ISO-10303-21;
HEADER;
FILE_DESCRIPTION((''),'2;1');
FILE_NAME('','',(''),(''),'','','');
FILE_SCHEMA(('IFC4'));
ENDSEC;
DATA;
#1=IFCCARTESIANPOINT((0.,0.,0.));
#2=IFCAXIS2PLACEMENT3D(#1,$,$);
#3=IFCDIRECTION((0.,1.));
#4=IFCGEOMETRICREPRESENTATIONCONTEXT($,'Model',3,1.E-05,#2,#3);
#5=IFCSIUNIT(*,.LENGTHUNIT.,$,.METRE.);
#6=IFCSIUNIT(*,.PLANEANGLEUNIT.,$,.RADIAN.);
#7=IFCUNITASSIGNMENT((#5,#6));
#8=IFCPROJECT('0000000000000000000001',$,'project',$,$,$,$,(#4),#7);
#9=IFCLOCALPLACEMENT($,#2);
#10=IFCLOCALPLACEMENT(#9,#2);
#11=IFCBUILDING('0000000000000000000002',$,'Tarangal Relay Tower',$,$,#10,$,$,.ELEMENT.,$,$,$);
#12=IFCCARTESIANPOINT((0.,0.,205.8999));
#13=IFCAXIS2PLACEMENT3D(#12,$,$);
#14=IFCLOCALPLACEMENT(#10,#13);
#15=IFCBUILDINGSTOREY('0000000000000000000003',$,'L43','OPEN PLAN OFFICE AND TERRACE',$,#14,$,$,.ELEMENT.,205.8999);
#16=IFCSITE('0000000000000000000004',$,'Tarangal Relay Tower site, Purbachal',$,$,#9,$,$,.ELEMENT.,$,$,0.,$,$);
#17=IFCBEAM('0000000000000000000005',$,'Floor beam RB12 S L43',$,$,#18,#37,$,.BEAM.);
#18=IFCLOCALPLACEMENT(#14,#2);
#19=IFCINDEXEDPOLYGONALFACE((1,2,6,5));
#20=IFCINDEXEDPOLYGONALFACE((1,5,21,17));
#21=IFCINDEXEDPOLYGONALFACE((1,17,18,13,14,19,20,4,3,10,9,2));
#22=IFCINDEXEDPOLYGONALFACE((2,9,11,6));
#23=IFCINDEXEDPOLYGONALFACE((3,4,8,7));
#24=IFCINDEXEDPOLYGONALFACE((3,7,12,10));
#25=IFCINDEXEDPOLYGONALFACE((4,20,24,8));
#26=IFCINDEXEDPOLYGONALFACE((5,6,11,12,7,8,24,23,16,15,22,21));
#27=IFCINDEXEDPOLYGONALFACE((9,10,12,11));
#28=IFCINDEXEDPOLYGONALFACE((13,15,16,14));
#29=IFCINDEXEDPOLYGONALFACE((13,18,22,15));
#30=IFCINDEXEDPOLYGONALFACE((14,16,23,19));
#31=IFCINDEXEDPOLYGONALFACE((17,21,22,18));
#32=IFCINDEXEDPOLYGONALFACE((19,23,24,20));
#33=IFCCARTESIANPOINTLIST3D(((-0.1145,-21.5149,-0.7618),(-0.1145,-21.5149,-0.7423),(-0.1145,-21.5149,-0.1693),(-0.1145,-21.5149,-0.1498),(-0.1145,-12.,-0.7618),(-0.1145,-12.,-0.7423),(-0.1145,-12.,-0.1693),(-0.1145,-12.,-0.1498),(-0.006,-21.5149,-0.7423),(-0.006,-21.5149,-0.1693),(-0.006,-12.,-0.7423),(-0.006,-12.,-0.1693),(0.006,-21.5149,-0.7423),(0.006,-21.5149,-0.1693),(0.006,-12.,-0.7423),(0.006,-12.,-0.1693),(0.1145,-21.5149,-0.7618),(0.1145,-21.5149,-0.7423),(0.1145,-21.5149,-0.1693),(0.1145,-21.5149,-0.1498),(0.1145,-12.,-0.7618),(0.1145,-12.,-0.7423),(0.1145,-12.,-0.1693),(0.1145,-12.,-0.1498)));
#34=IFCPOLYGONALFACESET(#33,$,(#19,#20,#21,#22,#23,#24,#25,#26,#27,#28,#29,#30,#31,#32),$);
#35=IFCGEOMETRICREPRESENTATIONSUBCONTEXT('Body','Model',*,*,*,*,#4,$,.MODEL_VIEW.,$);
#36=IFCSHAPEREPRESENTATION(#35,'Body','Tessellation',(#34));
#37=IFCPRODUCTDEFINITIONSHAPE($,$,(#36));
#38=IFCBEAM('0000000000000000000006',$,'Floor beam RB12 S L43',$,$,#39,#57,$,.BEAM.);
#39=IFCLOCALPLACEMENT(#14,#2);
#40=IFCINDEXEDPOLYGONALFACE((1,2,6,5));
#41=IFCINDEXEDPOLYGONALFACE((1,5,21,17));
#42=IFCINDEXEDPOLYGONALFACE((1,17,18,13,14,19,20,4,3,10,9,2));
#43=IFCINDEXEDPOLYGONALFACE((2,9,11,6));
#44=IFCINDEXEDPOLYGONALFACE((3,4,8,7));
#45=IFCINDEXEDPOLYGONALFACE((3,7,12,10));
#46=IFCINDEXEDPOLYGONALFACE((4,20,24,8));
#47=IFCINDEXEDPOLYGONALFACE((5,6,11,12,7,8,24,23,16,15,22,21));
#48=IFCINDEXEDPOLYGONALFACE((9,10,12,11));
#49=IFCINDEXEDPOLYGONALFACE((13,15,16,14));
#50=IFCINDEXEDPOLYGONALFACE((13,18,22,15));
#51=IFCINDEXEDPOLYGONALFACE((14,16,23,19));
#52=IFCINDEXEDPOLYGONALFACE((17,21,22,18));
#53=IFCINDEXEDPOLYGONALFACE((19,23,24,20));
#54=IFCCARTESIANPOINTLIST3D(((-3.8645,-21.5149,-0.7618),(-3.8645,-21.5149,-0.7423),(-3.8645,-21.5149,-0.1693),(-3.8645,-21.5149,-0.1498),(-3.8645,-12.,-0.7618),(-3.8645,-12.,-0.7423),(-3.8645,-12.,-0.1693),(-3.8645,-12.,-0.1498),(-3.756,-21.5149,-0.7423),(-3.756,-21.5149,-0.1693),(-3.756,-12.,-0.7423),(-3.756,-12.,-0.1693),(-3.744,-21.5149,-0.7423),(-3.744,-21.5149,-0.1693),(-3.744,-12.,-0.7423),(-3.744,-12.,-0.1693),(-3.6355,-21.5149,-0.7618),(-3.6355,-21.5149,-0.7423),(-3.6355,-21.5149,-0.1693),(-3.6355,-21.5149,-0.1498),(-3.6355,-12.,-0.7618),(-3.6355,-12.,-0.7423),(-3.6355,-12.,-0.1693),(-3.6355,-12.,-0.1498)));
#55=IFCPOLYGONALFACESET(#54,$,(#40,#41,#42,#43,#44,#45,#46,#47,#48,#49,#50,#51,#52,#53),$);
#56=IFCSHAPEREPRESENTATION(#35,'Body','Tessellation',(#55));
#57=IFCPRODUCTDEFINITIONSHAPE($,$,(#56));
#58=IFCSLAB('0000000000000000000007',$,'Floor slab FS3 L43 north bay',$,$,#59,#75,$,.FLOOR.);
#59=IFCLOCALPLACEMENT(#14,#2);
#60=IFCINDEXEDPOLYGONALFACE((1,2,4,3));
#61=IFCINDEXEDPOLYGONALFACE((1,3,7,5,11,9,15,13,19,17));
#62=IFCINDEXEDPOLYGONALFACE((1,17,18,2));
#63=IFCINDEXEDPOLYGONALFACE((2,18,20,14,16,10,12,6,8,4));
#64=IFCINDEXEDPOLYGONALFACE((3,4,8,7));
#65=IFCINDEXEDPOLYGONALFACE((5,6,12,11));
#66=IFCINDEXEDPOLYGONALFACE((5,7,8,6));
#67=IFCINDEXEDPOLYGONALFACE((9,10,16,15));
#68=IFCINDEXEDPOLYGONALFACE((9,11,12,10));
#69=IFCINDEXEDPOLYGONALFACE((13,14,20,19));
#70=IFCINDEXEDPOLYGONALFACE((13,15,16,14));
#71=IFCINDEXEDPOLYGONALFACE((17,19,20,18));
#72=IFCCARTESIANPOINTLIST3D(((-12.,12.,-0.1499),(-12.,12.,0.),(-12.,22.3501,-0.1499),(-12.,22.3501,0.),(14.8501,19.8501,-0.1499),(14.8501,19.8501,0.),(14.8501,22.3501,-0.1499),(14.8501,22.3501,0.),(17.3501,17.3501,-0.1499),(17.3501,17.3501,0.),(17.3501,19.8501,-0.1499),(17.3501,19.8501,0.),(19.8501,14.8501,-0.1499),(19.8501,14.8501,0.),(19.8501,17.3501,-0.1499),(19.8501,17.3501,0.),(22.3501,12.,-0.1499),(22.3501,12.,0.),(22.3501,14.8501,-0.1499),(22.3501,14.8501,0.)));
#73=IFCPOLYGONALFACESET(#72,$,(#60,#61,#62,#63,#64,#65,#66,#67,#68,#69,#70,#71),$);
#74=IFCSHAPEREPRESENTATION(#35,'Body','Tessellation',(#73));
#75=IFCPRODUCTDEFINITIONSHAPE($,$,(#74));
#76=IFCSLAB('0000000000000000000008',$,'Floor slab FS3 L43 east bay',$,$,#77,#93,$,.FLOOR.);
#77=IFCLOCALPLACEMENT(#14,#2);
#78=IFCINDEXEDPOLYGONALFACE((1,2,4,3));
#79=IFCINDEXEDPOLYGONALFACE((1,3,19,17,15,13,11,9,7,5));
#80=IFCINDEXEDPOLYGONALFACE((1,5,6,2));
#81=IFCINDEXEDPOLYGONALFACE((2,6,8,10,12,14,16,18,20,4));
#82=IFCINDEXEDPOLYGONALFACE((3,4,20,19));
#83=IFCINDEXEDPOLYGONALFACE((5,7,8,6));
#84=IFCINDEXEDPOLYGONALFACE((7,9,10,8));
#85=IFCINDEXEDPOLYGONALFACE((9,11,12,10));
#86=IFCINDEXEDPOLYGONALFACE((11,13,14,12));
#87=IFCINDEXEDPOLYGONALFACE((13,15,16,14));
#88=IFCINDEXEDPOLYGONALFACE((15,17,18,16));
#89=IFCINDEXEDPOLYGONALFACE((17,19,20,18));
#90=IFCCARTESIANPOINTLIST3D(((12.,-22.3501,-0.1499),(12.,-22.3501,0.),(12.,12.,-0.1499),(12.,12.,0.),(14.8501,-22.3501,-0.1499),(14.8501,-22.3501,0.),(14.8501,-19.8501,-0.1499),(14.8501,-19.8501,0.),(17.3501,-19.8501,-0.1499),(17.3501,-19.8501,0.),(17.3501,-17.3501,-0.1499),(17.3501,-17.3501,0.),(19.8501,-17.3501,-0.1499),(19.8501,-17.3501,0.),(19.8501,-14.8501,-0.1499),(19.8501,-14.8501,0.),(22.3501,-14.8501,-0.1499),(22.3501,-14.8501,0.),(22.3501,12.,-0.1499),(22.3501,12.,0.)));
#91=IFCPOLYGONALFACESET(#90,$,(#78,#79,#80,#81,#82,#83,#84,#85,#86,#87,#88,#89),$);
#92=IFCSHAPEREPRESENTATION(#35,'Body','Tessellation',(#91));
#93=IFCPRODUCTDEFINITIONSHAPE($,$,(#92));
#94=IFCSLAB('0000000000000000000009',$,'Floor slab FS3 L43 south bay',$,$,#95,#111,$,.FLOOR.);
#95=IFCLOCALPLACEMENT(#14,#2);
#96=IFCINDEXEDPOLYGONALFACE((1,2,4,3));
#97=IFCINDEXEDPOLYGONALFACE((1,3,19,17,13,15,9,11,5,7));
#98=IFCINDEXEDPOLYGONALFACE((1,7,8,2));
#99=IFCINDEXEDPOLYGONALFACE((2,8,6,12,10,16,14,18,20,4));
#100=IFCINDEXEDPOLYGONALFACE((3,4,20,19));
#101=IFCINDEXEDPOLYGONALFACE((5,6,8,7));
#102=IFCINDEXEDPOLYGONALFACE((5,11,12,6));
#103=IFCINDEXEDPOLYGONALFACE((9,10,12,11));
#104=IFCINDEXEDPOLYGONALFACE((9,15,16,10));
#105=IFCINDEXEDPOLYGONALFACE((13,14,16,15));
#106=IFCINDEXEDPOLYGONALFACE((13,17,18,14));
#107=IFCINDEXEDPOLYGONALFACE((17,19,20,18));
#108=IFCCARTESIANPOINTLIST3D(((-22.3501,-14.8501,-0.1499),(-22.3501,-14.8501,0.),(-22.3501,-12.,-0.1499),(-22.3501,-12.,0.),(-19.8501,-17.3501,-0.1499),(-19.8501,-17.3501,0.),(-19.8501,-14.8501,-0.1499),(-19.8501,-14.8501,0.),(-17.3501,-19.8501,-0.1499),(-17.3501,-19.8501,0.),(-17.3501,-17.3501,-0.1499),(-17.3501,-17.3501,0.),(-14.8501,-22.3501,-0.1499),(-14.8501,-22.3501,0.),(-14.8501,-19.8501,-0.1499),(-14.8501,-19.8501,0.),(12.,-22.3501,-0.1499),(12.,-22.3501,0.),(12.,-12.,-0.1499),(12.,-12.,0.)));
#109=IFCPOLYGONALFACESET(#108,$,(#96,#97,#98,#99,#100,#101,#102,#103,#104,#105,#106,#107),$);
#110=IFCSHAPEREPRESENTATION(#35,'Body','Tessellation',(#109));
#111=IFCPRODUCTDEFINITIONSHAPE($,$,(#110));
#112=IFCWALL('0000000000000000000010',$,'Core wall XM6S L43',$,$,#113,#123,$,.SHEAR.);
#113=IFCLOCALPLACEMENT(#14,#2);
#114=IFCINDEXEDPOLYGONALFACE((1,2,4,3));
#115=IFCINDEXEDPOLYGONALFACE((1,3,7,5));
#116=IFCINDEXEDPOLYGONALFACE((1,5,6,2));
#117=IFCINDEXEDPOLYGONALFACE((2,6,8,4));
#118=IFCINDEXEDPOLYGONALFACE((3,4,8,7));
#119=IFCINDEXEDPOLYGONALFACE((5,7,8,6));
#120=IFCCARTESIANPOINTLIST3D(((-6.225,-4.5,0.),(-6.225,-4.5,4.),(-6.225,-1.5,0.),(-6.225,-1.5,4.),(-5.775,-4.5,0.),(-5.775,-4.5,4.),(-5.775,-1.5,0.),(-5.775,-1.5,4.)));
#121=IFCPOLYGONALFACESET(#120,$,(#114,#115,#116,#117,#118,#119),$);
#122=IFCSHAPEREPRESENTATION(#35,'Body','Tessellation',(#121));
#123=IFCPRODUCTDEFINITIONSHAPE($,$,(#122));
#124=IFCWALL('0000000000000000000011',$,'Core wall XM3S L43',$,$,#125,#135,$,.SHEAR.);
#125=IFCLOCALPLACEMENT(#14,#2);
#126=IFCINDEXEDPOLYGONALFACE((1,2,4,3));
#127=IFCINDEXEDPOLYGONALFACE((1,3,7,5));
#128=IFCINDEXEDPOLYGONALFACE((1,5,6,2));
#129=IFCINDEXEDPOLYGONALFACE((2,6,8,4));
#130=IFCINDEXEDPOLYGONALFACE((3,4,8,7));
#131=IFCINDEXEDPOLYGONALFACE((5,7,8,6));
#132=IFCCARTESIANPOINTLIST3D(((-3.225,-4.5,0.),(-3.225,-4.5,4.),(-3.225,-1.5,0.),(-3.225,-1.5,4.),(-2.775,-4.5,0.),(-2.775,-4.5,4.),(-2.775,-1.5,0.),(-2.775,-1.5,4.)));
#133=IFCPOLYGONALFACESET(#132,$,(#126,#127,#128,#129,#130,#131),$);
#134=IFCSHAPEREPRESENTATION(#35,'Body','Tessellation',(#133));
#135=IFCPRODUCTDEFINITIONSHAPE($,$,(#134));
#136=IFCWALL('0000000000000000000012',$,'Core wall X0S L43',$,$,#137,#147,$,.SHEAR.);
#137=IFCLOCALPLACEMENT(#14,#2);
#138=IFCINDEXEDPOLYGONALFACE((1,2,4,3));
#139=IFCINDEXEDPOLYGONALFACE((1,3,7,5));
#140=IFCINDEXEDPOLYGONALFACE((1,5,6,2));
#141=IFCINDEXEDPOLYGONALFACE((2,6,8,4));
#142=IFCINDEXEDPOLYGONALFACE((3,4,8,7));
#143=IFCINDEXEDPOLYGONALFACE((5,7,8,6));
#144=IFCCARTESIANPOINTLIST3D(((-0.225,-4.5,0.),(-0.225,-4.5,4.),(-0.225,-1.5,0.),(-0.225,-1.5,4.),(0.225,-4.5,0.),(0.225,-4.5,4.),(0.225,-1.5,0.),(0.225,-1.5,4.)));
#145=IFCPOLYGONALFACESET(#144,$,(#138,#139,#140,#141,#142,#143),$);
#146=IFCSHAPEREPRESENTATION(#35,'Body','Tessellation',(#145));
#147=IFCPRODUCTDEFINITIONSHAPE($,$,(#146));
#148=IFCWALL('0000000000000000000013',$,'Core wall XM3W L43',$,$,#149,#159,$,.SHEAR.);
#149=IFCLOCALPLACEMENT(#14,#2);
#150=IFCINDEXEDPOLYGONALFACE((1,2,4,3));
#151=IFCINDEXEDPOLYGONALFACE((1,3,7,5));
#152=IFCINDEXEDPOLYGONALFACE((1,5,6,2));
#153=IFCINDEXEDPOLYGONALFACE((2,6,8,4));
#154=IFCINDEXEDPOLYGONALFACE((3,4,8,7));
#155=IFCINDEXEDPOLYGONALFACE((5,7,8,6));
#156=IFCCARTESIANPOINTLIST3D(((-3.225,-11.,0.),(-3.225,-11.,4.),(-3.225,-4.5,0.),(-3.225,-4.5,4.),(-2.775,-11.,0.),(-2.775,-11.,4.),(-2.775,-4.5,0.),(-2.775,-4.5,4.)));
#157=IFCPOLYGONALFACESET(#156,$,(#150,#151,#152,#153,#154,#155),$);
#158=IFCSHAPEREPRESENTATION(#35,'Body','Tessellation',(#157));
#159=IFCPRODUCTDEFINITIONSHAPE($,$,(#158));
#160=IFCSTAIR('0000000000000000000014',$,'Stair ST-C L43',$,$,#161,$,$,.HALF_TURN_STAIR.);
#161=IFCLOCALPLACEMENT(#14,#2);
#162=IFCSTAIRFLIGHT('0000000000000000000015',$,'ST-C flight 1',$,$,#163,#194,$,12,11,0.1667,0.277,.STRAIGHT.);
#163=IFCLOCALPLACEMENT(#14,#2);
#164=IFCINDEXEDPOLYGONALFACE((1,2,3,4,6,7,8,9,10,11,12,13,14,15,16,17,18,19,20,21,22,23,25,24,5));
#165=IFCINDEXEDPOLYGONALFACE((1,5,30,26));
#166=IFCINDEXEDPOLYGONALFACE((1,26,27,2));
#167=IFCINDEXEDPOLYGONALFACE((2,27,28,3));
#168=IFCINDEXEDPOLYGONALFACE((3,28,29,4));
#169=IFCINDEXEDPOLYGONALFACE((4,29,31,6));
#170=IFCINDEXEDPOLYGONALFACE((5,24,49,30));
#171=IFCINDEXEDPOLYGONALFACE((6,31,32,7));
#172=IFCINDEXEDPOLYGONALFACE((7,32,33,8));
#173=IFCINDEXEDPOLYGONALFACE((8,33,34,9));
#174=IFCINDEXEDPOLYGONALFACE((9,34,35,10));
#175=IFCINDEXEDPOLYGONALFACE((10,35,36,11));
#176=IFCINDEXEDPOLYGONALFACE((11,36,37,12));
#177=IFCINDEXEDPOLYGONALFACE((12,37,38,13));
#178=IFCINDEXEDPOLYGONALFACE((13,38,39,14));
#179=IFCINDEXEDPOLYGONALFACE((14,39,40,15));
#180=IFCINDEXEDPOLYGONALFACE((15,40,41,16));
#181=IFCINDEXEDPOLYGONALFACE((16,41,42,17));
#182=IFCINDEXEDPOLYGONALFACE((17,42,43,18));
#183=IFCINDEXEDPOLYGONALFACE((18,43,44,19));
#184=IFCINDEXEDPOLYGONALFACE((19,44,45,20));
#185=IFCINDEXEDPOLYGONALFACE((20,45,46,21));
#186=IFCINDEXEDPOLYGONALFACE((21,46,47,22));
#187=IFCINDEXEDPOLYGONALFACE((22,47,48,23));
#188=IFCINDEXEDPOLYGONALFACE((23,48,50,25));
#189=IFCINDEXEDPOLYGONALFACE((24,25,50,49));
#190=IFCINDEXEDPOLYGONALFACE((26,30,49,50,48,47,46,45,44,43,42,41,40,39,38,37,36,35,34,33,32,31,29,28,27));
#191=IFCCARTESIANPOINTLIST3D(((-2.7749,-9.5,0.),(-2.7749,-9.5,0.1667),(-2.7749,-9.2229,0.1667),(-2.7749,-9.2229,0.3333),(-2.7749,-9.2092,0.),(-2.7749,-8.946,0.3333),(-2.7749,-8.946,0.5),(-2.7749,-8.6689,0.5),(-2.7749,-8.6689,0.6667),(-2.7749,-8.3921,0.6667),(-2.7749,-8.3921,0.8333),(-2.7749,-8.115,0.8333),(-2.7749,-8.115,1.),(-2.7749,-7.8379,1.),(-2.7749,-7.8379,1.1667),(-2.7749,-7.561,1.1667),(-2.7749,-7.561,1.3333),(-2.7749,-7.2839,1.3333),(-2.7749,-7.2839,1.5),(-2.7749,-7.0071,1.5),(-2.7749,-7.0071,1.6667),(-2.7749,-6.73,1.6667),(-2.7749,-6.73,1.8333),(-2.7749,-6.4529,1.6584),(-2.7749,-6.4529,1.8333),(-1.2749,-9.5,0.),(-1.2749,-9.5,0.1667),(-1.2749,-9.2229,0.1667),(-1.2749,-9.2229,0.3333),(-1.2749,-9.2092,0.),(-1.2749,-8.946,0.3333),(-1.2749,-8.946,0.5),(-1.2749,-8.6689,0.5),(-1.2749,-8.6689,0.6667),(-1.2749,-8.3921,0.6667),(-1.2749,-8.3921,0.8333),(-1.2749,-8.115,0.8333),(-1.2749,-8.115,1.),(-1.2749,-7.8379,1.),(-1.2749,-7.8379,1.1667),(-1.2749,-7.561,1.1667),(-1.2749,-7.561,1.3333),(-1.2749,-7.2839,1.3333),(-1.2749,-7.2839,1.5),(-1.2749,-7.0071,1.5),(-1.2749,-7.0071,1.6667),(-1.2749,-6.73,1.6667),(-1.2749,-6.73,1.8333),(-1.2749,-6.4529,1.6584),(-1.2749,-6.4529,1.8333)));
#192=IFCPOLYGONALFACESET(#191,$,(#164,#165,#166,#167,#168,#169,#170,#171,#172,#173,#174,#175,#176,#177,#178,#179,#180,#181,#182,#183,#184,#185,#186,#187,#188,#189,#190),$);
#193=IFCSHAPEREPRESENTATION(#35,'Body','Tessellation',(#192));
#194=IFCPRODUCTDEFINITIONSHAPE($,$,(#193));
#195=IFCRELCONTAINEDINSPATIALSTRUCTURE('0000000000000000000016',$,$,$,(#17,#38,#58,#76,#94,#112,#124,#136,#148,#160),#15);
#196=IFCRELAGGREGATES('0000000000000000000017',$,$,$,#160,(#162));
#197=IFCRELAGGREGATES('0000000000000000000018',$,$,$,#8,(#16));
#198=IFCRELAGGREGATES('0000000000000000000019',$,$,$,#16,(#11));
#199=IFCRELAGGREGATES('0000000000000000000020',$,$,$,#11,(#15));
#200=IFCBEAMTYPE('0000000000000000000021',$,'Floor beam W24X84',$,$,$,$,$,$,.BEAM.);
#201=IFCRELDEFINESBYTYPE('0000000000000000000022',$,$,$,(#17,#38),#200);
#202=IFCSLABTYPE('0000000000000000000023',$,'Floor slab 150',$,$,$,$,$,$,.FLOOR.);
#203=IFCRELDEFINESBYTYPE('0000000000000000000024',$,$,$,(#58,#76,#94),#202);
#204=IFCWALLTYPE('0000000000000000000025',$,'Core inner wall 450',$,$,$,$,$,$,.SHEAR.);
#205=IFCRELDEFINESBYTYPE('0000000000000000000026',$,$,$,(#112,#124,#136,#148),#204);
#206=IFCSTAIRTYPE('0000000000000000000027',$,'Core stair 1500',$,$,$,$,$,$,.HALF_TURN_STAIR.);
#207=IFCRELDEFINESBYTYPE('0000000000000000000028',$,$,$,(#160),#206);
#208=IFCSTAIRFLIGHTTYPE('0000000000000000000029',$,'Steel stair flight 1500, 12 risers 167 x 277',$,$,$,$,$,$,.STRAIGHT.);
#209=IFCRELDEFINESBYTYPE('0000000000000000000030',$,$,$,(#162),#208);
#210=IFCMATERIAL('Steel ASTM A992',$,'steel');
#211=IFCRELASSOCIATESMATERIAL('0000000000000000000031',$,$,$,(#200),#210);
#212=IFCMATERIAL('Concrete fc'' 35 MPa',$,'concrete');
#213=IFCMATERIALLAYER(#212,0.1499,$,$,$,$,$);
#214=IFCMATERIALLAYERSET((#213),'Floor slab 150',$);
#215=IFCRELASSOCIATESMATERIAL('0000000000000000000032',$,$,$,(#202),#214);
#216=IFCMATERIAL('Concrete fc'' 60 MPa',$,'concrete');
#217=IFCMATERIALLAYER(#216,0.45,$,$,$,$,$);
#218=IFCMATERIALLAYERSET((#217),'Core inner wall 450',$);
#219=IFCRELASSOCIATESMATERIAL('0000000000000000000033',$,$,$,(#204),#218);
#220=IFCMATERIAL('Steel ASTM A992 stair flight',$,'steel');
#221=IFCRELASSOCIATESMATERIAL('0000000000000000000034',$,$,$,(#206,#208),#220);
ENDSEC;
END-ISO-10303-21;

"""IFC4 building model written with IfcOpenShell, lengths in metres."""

from ifc_helpers import new_model, si_unit, direction, frame, frame_2d, origin, origin_2d, place, context, subcontext, project, spatial, polyline, rectangle, i_section, outline, extrude, material, layer, layer_set, material_profile, profile_set, type_object, element, aggregate, save


model = new_model("IFC4")

# Units and contexts
model_context = context("Model", 3, precision=1e-05, world=origin(), true_north=direction((0.0, 1.0)))
body_context = subcontext(model_context, "Body", "Model", "MODEL_VIEW")
ifc_project = project(units=[si_unit("LENGTHUNIT", "METRE"), si_unit("PLANEANGLEUNIT", "RADIAN")], contexts=[model_context])

# Site, building, storey
site_placement = place(None, origin())
site = spatial("IfcSite", under=ifc_project, at=site_placement, Name="Tarangal Relay Tower site, Purbachal", CompositionType="ELEMENT", RefElevation=0.0)
building_placement = place(site_placement, origin())
building = spatial("IfcBuilding", under=site, at=building_placement, Name="Tarangal Relay Tower", CompositionType="ELEMENT")
storey_placement = place(building_placement, frame((0.0, 0.0, 205.8999)))
storey = spatial("IfcBuildingStorey", under=building, at=storey_placement, Name="L43", Description="OPEN PLAN OFFICE AND TERRACE", CompositionType="ELEMENT", Elevation=205.8999)

# Beams
ifc_material_1 = material(Name="Steel ASTM A992", Category="steel")
ifc_material_profile = material_profile(ifc_material_1, i_section(OverallWidth=0.229, OverallDepth=0.6121, WebThickness=0.012, FlangeThickness=0.0195, at=origin_2d()), Name="W24X84")
ifc_profile_set = profile_set([ifc_material_profile], Name="Steel ASTM A992")
beam_type = type_object("IfcBeamType", Name="Floor beam W24X84", PredefinedType="BEAM", material=ifc_profile_set)
for number, where, z_axis, x_axis, name in (
    (1, (0.0, -12.0, -0.4558), (0.0, -1.0, 0.0), (1.0, 0.0, 0.0), "Floor beam RB12 S L43"),
    (2, (-3.75, -12.0, -0.4558), (0.0, -1.0, 0.0), (1.0, 0.0, 0.0), "Floor beam RB12 S L43"),
):
    element("IfcBeam", number, at=place(storey_placement, frame(where, z_axis=z_axis, x_axis=x_axis)), inside=storey, type_object=beam_type, Name=name, PredefinedType="BEAM", context=body_context, shape_type="SweptSolid", body=[
        extrude(i_section(OverallWidth=0.229, OverallDepth=0.6121, WebThickness=0.012, FlangeThickness=0.0195, at=origin_2d()), origin(), (0.0, 0.0, 1.0), 9.5149),
    ])

# Slabs
ifc_material_2 = material(Name="Concrete fc' 35 MPa", Category="concrete")
ifc_layer_1 = layer(ifc_material_2, 0.1499)
ifc_layer_set_1 = layer_set([ifc_layer_1], Name="Floor slab 150")
slab_type = type_object("IfcSlabType", Name="Floor slab 150", PredefinedType="FLOOR", material=ifc_layer_set_1)
slab_1_placement = place(storey_placement, frame((0.0, 0.0, -0.1499)))
element("IfcSlab", 3, at=slab_1_placement, inside=storey, type_object=slab_type, Name="Floor slab FS3 L43 north bay", PredefinedType="FLOOR", context=body_context, shape_type="SweptSolid", body=[
    extrude(outline(polyline([(14.8501, 22.3501), (14.8501, 19.8501), (17.3501, 19.8501), (17.3501, 17.3501), (19.8501, 17.3501), (19.8501, 14.8501), (22.3501, 14.8501), (22.3501, 12.0), (-12.0, 12.0), (-12.0, 22.3501), (14.8501, 22.3501)])), origin(), (0.0, 0.0, 1.0), 0.1499),
])
slab_2_placement = place(storey_placement, frame((0.0, 0.0, -0.1499)))
element("IfcSlab", 4, at=slab_2_placement, inside=storey, type_object=slab_type, Name="Floor slab FS3 L43 east bay", PredefinedType="FLOOR", context=body_context, shape_type="SweptSolid", body=[
    extrude(outline(polyline([(22.3501, -14.8501), (19.8501, -14.8501), (19.8501, -17.3501), (17.3501, -17.3501), (17.3501, -19.8501), (14.8501, -19.8501), (14.8501, -22.3501), (12.0, -22.3501), (12.0, 12.0), (22.3501, 12.0), (22.3501, -14.8501)])), origin(), (0.0, 0.0, 1.0), 0.1499),
])
slab_3_placement = place(storey_placement, frame((0.0, 0.0, -0.1499)))
element("IfcSlab", 5, at=slab_3_placement, inside=storey, type_object=slab_type, Name="Floor slab FS3 L43 south bay", PredefinedType="FLOOR", context=body_context, shape_type="SweptSolid", body=[
    extrude(outline(polyline([(-14.8501, -22.3501), (-14.8501, -19.8501), (-17.3501, -19.8501), (-17.3501, -17.3501), (-19.8501, -17.3501), (-19.8501, -14.8501), (-22.3501, -14.8501), (-22.3501, -12.0), (12.0, -12.0), (12.0, -22.3501), (-14.8501, -22.3501)])), origin(), (0.0, 0.0, 1.0), 0.1499),
])

# Walls
ifc_material_3 = material(Name="Concrete fc' 60 MPa", Category="concrete")
ifc_layer_2 = layer(ifc_material_3, 0.45)
ifc_layer_set_2 = layer_set([ifc_layer_2], Name="Core inner wall 450")
wall_type = type_object("IfcWallType", Name="Core inner wall 450", PredefinedType="SHEAR", material=ifc_layer_set_2)
for number, where, z_axis, x_axis, name in (
    (6, (-6.0, -4.5, 0.0), (0.0, 0.0, 1.0), (0.0, 1.0, 0.0), "Core wall XM6S L43"),
    (7, (-3.0, -4.5, 0.0), (0.0, 0.0, 1.0), (0.0, 1.0, 0.0), "Core wall XM3S L43"),
    (8, (0.0, -4.5, 0.0), (0.0, 0.0, 1.0), (0.0, 1.0, 0.0), "Core wall X0S L43"),
):
    element("IfcWall", number, at=place(storey_placement, frame(where, z_axis=z_axis, x_axis=x_axis)), inside=storey, type_object=wall_type, Name=name, PredefinedType="SHEAR", context=body_context, shape_type="SweptSolid", body=[
        extrude(rectangle(XDim=3.0, YDim=0.45, at=frame_2d((1.5, 0.0))), origin(), (0.0, 0.0, 1.0), 4.0),
    ])
wall_placement = place(storey_placement, frame((-3.0, -11.0, 0.0), z_axis=(0.0, 0.0, 1.0), x_axis=(0.0, 1.0, 0.0)))
element("IfcWall", 9, at=wall_placement, inside=storey, type_object=wall_type, Name="Core wall XM3W L43", PredefinedType="SHEAR", context=body_context, shape_type="SweptSolid", body=[
    extrude(rectangle(XDim=6.5, YDim=0.45, at=frame_2d((3.25, 0.0))), origin(), (0.0, 0.0, 1.0), 4.0),
])

# Stair, stair flight
ifc_material_4 = material(Name="Steel ASTM A992 stair flight", Category="steel")
stair_type = type_object("IfcStairType", Name="Core stair 1500", PredefinedType="HALF_TURN_STAIR", material=ifc_material_4)
stair_placement = place(storey_placement, origin())
stair = element("IfcStair", 10, at=stair_placement, inside=storey, type_object=stair_type, Name="Stair ST-C L43", PredefinedType="HALF_TURN_STAIR")
stair_flight_type = type_object("IfcStairFlightType", Name="Steel stair flight 1500, 12 risers 167 x 277", PredefinedType="STRAIGHT", material=ifc_material_4)
stair_flight_placement = place(storey_placement, frame((-2.0249, -9.5, 0.0), z_axis=(0.0, 0.0, 1.0), x_axis=(0.0, 1.0, 0.0)))
stair_flight = element("IfcStairFlight", 11, at=stair_flight_placement, type_object=stair_flight_type, Name="ST-C flight 1", NumberOfRisers=12, NumberOfTreads=11, PredefinedType="STRAIGHT", RiserHeight=0.1667, TreadLength=0.277, context=body_context, shape_type="SweptSolid", body=[
    extrude(outline(polyline([(0.0, 0.0), (0.0, 0.1667), (0.2771, 0.1667), (0.2771, 0.3333), (0.554, 0.3333), (0.554, 0.5), (0.8311, 0.5), (0.8311, 0.6667), (1.1079, 0.6667), (1.1079, 0.8333), (1.385, 0.8333), (1.385, 1.0), (1.6621, 1.0), (1.6621, 1.1667), (1.939, 1.1667), (1.939, 1.3333), (2.2161, 1.3333), (2.2161, 1.5), (2.4929, 1.5), (2.4929, 1.6667), (2.77, 1.6667), (2.77, 1.8333), (3.0471, 1.8333), (3.0471, 2.0), (3.0471, 1.6584), (0.2908, 0.0), (0.0, 0.0)])), frame((0.0, 0.75, 0.0), z_axis=(0.0, -1.0, 0.0), x_axis=(1.0, 0.0, 0.0)), (0.0, 0.0, 1.0), 1.5),
])
aggregate(stair, [stair_flight])

save(model, "model.ifc")
